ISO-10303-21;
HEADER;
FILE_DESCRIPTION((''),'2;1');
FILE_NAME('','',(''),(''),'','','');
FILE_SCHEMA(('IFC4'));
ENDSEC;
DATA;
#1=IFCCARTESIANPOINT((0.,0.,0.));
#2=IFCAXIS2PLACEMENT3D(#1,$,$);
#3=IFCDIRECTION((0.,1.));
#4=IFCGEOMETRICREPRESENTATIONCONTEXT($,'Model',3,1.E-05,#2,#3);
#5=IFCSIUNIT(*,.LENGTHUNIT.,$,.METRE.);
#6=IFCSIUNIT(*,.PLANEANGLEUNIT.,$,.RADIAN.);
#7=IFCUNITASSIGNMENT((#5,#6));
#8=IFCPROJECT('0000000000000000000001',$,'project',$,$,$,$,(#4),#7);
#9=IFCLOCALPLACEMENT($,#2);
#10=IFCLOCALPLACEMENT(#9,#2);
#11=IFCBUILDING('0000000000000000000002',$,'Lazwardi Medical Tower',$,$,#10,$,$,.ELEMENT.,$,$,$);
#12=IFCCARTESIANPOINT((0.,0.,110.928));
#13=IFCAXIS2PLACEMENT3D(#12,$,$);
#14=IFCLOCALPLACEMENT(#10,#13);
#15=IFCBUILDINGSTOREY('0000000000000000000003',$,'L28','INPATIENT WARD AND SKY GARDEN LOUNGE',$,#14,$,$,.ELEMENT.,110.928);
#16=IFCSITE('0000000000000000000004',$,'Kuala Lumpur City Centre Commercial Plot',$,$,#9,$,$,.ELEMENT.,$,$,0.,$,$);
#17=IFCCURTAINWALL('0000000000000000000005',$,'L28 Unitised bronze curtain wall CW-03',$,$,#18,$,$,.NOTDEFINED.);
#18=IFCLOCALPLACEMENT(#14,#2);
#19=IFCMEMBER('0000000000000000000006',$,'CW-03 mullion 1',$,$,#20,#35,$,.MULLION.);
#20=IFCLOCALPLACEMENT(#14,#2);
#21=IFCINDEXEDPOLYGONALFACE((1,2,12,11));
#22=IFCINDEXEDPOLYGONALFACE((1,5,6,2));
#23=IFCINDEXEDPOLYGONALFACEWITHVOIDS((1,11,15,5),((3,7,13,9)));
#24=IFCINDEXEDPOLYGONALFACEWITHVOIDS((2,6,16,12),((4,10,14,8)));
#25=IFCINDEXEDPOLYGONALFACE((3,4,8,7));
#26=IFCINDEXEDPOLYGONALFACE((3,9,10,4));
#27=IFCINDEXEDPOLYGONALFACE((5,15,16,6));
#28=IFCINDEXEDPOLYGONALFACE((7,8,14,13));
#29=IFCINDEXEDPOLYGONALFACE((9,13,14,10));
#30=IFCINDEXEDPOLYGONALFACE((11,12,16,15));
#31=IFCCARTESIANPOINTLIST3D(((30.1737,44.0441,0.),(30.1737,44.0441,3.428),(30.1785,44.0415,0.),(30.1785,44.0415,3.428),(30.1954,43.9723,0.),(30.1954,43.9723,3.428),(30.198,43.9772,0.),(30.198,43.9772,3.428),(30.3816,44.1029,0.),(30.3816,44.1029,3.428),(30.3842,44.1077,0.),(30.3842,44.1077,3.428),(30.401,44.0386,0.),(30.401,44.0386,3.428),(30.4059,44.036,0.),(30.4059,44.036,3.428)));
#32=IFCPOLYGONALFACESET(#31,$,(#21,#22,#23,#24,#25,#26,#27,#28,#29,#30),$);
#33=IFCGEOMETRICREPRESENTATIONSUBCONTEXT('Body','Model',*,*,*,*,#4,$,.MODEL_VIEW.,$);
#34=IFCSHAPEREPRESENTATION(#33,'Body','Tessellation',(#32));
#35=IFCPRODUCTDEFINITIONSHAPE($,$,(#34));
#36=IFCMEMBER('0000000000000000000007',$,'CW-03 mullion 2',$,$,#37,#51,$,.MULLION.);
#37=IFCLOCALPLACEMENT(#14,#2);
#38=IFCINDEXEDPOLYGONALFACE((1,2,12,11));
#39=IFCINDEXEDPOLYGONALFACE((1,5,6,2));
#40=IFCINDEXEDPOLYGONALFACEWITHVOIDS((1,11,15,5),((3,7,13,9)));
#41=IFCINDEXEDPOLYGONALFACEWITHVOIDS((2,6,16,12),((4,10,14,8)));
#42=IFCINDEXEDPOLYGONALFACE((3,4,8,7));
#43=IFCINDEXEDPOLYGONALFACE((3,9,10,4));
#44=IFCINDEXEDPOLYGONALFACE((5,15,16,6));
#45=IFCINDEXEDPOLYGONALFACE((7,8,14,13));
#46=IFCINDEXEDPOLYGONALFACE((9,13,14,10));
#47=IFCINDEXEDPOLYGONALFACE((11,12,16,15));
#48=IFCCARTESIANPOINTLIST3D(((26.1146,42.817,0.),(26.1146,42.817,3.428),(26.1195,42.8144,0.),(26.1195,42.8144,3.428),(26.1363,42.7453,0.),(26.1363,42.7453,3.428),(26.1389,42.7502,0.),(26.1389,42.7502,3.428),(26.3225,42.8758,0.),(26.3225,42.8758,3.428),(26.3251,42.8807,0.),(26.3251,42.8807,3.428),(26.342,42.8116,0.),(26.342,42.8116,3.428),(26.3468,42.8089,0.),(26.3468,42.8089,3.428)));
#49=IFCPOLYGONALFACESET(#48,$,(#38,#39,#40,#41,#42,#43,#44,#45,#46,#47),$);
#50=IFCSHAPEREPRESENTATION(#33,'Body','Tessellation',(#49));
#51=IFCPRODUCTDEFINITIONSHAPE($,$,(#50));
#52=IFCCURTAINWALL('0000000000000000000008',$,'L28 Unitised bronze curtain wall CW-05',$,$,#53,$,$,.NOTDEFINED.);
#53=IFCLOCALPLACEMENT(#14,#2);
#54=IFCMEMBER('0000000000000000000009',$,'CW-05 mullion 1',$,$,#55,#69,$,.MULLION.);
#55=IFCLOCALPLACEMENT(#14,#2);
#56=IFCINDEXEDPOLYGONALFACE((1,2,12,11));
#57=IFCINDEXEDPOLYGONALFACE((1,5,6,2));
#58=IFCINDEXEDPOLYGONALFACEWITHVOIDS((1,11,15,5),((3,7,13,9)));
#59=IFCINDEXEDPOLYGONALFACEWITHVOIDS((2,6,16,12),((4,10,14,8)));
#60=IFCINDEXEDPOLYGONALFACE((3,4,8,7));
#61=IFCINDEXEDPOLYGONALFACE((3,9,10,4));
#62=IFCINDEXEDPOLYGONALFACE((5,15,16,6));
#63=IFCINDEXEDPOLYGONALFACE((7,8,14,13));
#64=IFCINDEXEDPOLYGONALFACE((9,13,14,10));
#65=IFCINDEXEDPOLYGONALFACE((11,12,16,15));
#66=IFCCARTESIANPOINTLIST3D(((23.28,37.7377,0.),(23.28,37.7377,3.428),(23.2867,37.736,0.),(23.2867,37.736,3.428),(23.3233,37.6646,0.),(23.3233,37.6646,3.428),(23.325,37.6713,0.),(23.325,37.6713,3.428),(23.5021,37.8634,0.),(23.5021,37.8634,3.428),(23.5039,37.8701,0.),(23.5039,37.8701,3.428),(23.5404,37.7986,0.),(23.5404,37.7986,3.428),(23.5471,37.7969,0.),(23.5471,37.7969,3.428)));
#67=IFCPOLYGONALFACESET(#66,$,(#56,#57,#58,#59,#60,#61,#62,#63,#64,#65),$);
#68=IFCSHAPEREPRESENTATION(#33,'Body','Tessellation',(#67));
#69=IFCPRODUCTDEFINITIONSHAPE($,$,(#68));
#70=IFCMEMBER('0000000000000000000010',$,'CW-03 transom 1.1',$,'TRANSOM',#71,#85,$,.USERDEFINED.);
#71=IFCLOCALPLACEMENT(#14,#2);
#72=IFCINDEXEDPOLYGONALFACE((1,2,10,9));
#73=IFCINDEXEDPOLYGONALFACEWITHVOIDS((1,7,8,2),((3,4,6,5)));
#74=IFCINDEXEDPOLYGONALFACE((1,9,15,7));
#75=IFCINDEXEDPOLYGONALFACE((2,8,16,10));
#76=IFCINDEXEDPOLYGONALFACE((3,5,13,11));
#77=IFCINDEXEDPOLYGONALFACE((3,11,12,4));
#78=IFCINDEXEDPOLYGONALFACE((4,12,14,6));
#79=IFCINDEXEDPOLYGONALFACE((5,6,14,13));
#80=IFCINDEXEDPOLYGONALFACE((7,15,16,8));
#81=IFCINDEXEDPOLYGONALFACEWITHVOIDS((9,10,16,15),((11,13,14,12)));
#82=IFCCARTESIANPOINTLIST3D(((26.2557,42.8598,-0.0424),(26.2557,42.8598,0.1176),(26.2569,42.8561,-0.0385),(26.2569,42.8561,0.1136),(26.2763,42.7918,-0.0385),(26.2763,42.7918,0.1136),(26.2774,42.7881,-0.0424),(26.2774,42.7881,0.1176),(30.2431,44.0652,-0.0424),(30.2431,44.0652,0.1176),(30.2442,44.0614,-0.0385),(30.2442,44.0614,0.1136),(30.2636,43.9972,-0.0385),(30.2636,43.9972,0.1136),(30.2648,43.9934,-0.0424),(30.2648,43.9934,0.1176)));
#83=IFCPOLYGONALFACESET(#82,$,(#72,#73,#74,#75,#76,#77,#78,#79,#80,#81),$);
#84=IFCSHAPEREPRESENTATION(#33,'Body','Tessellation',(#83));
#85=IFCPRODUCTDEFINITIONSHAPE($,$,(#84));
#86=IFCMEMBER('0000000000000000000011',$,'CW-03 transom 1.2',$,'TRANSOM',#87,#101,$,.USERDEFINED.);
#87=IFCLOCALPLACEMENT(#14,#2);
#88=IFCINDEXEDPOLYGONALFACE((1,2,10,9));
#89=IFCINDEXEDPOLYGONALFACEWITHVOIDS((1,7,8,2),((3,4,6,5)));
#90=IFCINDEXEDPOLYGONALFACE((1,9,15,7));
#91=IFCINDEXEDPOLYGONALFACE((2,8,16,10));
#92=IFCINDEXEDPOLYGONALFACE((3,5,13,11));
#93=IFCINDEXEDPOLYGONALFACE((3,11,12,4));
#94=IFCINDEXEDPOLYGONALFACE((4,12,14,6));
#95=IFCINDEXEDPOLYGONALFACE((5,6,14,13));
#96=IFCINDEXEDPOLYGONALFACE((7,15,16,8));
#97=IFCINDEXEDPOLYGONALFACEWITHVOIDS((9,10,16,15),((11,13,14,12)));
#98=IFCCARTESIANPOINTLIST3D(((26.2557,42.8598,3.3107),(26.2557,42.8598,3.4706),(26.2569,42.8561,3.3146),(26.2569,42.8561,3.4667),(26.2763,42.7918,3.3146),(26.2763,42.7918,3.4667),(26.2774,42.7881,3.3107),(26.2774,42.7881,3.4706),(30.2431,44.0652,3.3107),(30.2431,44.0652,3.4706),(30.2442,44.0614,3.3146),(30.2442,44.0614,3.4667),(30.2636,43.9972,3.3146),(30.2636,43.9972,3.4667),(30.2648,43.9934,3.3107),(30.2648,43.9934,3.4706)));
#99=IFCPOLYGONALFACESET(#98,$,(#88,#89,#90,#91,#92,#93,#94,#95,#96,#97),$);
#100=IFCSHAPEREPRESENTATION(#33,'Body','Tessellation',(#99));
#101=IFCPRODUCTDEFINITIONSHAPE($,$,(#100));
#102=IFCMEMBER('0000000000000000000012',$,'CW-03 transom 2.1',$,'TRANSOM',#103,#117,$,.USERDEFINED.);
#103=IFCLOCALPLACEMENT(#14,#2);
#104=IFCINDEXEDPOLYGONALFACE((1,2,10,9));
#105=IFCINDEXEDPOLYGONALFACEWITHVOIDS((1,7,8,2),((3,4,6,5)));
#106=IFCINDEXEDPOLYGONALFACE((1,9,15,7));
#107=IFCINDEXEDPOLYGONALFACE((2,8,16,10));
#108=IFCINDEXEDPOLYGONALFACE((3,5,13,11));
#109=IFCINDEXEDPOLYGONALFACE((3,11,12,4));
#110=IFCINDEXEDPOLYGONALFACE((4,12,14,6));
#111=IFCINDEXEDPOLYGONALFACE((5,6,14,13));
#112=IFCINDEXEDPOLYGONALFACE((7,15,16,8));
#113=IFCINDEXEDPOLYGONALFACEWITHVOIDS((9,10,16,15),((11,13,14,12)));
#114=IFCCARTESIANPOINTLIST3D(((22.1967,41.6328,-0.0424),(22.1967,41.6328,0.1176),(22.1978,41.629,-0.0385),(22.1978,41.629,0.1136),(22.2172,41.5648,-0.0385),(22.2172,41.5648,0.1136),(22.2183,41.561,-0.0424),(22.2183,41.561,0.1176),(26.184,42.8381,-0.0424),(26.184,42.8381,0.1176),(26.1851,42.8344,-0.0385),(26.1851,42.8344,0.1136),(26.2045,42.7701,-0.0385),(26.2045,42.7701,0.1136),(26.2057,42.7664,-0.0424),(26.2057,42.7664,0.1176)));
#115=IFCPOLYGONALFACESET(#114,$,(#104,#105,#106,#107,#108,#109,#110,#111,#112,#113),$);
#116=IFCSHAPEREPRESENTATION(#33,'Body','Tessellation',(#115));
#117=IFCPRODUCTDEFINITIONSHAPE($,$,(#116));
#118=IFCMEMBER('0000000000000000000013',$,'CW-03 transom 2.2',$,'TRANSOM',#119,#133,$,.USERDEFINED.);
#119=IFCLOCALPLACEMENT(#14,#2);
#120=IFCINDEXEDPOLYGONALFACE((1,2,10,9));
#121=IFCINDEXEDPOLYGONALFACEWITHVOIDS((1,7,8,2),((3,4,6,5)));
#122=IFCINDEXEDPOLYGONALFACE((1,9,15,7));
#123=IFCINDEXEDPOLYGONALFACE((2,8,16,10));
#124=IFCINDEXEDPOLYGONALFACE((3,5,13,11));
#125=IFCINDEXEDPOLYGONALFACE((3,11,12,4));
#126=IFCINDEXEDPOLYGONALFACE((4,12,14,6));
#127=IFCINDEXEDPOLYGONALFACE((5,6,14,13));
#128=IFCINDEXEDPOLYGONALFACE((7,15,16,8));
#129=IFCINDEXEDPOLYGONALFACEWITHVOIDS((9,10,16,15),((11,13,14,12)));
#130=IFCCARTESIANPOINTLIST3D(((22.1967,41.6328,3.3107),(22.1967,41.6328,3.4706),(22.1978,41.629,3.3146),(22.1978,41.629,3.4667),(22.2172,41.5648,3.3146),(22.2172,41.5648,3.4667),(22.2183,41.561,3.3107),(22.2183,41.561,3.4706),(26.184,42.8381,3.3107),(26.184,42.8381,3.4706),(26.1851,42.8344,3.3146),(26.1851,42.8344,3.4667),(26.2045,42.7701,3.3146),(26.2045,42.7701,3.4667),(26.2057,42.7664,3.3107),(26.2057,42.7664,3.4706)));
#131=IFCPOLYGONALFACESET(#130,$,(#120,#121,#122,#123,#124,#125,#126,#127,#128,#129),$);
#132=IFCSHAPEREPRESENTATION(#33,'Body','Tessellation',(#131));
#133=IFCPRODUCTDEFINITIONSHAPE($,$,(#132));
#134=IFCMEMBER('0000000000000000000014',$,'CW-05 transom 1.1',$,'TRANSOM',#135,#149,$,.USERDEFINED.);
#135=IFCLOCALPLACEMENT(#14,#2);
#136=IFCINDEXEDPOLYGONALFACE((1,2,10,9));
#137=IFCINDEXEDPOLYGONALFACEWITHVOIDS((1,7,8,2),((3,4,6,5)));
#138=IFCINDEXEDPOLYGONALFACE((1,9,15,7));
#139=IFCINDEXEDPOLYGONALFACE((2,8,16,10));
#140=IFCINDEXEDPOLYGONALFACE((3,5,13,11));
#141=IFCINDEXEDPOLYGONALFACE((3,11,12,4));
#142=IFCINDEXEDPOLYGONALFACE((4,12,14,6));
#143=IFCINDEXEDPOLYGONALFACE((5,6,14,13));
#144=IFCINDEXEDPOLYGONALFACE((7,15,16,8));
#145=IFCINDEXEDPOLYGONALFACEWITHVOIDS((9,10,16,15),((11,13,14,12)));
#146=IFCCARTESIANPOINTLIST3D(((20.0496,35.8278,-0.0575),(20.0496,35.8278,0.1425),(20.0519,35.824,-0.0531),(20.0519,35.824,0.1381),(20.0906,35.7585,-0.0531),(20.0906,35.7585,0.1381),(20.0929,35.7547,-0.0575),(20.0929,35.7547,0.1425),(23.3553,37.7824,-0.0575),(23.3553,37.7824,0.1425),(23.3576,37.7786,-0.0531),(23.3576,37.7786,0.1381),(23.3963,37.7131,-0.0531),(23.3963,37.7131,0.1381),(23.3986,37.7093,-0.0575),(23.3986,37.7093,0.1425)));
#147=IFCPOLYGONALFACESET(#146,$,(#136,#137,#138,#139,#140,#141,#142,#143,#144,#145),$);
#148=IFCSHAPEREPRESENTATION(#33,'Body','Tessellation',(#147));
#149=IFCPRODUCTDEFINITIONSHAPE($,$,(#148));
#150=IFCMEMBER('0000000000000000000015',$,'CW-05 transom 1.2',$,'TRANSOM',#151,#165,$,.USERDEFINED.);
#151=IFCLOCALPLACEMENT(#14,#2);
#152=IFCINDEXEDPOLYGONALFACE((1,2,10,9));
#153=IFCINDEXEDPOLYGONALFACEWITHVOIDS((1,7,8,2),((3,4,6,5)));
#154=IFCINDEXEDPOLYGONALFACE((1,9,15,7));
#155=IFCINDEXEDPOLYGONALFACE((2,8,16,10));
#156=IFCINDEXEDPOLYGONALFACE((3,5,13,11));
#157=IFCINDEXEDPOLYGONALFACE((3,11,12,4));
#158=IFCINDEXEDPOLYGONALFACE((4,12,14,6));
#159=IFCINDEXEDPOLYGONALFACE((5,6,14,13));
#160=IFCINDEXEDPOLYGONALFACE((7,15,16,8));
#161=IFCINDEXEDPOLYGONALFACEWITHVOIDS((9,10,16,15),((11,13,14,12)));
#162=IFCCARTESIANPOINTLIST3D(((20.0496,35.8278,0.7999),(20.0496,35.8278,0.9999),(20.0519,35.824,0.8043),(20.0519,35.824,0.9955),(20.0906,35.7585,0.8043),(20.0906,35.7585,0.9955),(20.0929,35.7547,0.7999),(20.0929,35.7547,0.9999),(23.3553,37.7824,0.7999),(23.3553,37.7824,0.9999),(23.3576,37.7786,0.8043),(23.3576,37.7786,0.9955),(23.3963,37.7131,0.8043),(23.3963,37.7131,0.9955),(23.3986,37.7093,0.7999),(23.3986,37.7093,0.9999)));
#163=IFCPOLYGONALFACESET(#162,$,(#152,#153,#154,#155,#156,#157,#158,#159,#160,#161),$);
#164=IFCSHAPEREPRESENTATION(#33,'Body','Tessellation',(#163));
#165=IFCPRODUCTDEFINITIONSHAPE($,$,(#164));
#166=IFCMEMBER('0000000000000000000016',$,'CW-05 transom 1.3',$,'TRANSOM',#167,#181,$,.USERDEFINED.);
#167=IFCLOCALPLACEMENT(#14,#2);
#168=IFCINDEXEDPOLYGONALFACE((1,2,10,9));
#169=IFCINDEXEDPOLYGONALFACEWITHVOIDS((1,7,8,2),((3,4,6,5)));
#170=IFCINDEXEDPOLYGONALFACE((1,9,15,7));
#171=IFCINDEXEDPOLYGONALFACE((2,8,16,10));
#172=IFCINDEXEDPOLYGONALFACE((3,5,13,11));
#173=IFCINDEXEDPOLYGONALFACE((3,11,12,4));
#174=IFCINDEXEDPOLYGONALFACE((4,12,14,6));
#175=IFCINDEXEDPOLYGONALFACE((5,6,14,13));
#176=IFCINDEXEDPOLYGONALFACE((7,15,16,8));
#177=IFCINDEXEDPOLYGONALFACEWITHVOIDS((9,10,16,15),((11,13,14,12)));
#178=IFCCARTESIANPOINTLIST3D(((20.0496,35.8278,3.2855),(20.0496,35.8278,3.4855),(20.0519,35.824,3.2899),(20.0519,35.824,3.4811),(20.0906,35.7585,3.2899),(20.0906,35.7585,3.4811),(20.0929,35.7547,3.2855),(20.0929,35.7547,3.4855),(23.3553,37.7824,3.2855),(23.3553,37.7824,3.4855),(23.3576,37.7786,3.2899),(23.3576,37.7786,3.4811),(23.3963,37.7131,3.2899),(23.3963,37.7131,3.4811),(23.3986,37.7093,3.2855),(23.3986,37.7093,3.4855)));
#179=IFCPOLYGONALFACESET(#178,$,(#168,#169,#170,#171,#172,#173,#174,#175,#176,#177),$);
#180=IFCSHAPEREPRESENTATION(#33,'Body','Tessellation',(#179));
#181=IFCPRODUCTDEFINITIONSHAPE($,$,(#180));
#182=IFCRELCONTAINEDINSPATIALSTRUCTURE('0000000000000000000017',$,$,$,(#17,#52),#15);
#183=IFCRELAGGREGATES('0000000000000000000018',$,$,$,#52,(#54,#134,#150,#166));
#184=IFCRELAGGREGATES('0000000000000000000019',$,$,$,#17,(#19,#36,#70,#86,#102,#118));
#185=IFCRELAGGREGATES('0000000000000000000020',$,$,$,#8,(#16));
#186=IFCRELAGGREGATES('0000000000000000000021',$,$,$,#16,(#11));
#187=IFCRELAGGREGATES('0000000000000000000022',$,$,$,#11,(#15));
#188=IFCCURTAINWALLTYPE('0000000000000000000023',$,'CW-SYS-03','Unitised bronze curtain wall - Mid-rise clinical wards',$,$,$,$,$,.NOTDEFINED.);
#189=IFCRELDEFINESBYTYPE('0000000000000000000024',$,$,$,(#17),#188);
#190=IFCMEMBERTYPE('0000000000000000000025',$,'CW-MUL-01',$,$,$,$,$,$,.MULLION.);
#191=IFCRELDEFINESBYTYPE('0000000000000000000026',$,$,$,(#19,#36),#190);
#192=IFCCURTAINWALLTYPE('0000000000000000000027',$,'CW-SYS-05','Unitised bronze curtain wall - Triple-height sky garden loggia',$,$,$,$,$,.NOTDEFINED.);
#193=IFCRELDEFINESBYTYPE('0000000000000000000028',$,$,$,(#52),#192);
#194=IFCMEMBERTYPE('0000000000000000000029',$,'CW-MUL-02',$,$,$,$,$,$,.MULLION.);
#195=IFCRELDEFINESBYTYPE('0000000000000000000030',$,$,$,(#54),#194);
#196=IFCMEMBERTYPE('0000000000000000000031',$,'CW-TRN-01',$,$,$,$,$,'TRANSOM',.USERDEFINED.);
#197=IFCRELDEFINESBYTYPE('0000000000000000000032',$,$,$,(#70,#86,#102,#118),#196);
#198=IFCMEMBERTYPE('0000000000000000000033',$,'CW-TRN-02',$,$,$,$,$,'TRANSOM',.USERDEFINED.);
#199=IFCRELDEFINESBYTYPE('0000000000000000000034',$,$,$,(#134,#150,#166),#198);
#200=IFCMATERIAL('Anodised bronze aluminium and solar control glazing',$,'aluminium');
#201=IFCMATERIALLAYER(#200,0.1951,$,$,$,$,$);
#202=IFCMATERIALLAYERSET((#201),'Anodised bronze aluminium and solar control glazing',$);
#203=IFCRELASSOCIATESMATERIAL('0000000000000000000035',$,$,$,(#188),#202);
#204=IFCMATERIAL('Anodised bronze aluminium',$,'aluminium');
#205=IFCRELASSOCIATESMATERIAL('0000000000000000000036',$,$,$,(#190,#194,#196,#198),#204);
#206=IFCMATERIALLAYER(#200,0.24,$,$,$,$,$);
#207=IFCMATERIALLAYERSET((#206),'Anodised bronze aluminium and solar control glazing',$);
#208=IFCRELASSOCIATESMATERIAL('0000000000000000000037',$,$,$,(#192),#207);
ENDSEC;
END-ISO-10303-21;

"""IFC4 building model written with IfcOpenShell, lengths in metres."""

from ifc_helpers import new_model, si_unit, direction, frame, origin, origin_2d, place, context, subcontext, project, spatial, hollow_rectangle, extrude, material, layer, layer_set, material_profile, profile_set, type_object, element, aggregate, save


model = new_model("IFC4")

# Units and contexts
model_context = context("Model", 3, precision=1e-05, world=origin(), true_north=direction((0.0, 1.0)))
body_context = subcontext(model_context, "Body", "Model", "MODEL_VIEW")
ifc_project = project(units=[si_unit("LENGTHUNIT", "METRE"), si_unit("PLANEANGLEUNIT", "RADIAN")], contexts=[model_context])

# Site, building, storey
site_placement = place(None, origin())
site = spatial("IfcSite", under=ifc_project, at=site_placement, Name="Kuala Lumpur City Centre Commercial Plot", CompositionType="ELEMENT", RefElevation=0.0)
building_placement = place(site_placement, origin())
building = spatial("IfcBuilding", under=site, at=building_placement, Name="Lazwardi Medical Tower", CompositionType="ELEMENT")
storey_placement = place(building_placement, frame((0.0, 0.0, 110.928)))
storey = spatial("IfcBuildingStorey", under=building, at=storey_placement, Name="L28", Description="INPATIENT WARD AND SKY GARDEN LOUNGE", CompositionType="ELEMENT", Elevation=110.928)

# Curtain wall, members
ifc_material_1 = material(Name="Anodised bronze aluminium and solar control glazing", Category="aluminium")
ifc_layer_1 = layer(ifc_material_1, 0.1951)
ifc_layer_set_1 = layer_set([ifc_layer_1], Name="Anodised bronze aluminium and solar control glazing")
curtain_wall_type_1 = type_object("IfcCurtainWallType", Name="CW-SYS-03", Description="Unitised bronze curtain wall - Mid-rise clinical wards", PredefinedType="NOTDEFINED", material=ifc_layer_set_1)
curtain_wall_1_placement = place(storey_placement, origin())
curtain_wall_1 = element("IfcCurtainWall", 1, at=curtain_wall_1_placement, inside=storey, type_object=curtain_wall_type_1, Name="L28 Unitised bronze curtain wall CW-03", PredefinedType="NOTDEFINED")
ifc_material_2 = material(Name="Anodised bronze aluminium", Category="aluminium")
ifc_material_profile_1 = material_profile(ifc_material_2, hollow_rectangle(XDim=0.075, YDim=0.22, WallThickness=0.0039, at=origin_2d()), Name="ALU-MULLION 220x75x4")
ifc_profile_set_1 = profile_set([ifc_material_profile_1], Name="Anodised bronze aluminium")
member_type_1 = type_object("IfcMemberType", Name="CW-MUL-01", PredefinedType="MULLION", material=ifc_profile_set_1)
member_1_placement = place(storey_placement, frame((30.2898, 44.04, 0.0), z_axis=(0.0, 0.0, 1.0), x_axis=(0.289374, -0.957216, 0.0)))
member_1 = element("IfcMember", 2, at=member_1_placement, type_object=member_type_1, Name="CW-03 mullion 1", PredefinedType="MULLION", context=body_context, shape_type="SweptSolid", body=[
    extrude(hollow_rectangle(XDim=0.075, YDim=0.22, WallThickness=0.0039, at=origin_2d()), origin(), (0.0, 0.0, 1.0), 3.428),
])
member_2_placement = place(storey_placement, frame((26.2307, 42.813, 0.0), z_axis=(0.0, 0.0, 1.0), x_axis=(0.289374, -0.957216, 0.0)))
member_2 = element("IfcMember", 3, at=member_2_placement, type_object=member_type_1, Name="CW-03 mullion 2", PredefinedType="MULLION", context=body_context, shape_type="SweptSolid", body=[
    extrude(hollow_rectangle(XDim=0.075, YDim=0.22, WallThickness=0.0039, at=origin_2d()), origin(), (0.0, 0.0, 1.0), 3.428),
])

# Curtain wall, member
ifc_layer_2 = layer(ifc_material_1, 0.24)
ifc_layer_set_2 = layer_set([ifc_layer_2], Name="Anodised bronze aluminium and solar control glazing")
curtain_wall_type_2 = type_object("IfcCurtainWallType", Name="CW-SYS-05", Description="Unitised bronze curtain wall - Triple-height sky garden loggia", PredefinedType="NOTDEFINED", material=ifc_layer_set_2)
curtain_wall_2_placement = place(storey_placement, origin())
curtain_wall_2 = element("IfcCurtainWall", 4, at=curtain_wall_2_placement, inside=storey, type_object=curtain_wall_type_2, Name="L28 Unitised bronze curtain wall CW-05", PredefinedType="NOTDEFINED")
ifc_material_profile_2 = material_profile(ifc_material_2, hollow_rectangle(XDim=0.085, YDim=0.26, WallThickness=0.0049, at=origin_2d()), Name="ALU-MULLION 260x85x5")
ifc_profile_set_2 = profile_set([ifc_material_profile_2], Name="Anodised bronze aluminium")
member_type_2 = type_object("IfcMemberType", Name="CW-MUL-02", PredefinedType="MULLION", material=ifc_profile_set_2)
member_3_placement = place(storey_placement, frame((23.4136, 37.7673, 0.0), z_axis=(0.0, 0.0, 1.0), x_axis=(0.508918, -0.860815, 0.0)))
member_3 = element("IfcMember", 5, at=member_3_placement, type_object=member_type_2, Name="CW-05 mullion 1", PredefinedType="MULLION", context=body_context, shape_type="SweptSolid", body=[
    extrude(hollow_rectangle(XDim=0.085, YDim=0.26, WallThickness=0.0049, at=origin_2d()), origin(), (0.0, 0.0, 1.0), 3.428),
])

# Members
ifc_material_profile_3 = material_profile(ifc_material_2, hollow_rectangle(XDim=0.075, YDim=0.1599, WallThickness=0.0039, at=origin_2d()), Name="ALU-TRANSOM 160x75x4")
ifc_profile_set_3 = profile_set([ifc_material_profile_3], Name="Anodised bronze aluminium")
member_type_3 = type_object("IfcMemberType", Name="CW-TRN-01", ElementType="TRANSOM", PredefinedType="USERDEFINED", material=ifc_profile_set_3)
member_4_placement = place(storey_placement, frame((30.2539, 44.0293, 0.0376), z_axis=(-0.957221, -0.289358, 0.0), x_axis=(0.289358, -0.957221, 0.0)))
member_4 = element("IfcMember", 6, at=member_4_placement, type_object=member_type_3, Name="CW-03 transom 1.1", ObjectType="TRANSOM", PredefinedType="USERDEFINED", context=body_context, shape_type="SweptSolid", body=[
    extrude(hollow_rectangle(XDim=0.075, YDim=0.1599, WallThickness=0.0039, at=origin_2d()), origin(), (0.0, 0.0, 1.0), 4.1655),
])
member_5_placement = place(storey_placement, frame((30.2539, 44.0293, 3.3906), z_axis=(-0.957221, -0.289358, 0.0), x_axis=(0.289358, -0.957221, 0.0)))
member_5 = element("IfcMember", 7, at=member_5_placement, type_object=member_type_3, Name="CW-03 transom 1.2", ObjectType="TRANSOM", PredefinedType="USERDEFINED", context=body_context, shape_type="SweptSolid", body=[
    extrude(hollow_rectangle(XDim=0.075, YDim=0.1599, WallThickness=0.0039, at=origin_2d()), origin(), (0.0, 0.0, 1.0), 4.1655),
])
member_6_placement = place(storey_placement, frame((26.1948, 42.8022, 0.0376), z_axis=(-0.957221, -0.289358, 0.0), x_axis=(0.289358, -0.957221, 0.0)))
member_6 = element("IfcMember", 8, at=member_6_placement, type_object=member_type_3, Name="CW-03 transom 2.1", ObjectType="TRANSOM", PredefinedType="USERDEFINED", context=body_context, shape_type="SweptSolid", body=[
    extrude(hollow_rectangle(XDim=0.075, YDim=0.1599, WallThickness=0.0039, at=origin_2d()), origin(), (0.0, 0.0, 1.0), 4.1655),
])
member_7_placement = place(storey_placement, frame((26.1948, 42.8022, 3.3906), z_axis=(-0.957221, -0.289358, 0.0), x_axis=(0.289358, -0.957221, 0.0)))
member_7 = element("IfcMember", 9, at=member_7_placement, type_object=member_type_3, Name="CW-03 transom 2.2", ObjectType="TRANSOM", PredefinedType="USERDEFINED", context=body_context, shape_type="SweptSolid", body=[
    extrude(hollow_rectangle(XDim=0.075, YDim=0.1599, WallThickness=0.0039, at=origin_2d()), origin(), (0.0, 0.0, 1.0), 4.1655),
])
ifc_material_profile_4 = material_profile(ifc_material_2, hollow_rectangle(XDim=0.085, YDim=0.2, WallThickness=0.0044, at=origin_2d()), Name="ALU-TRANSOM 200x85x4.5")
ifc_profile_set_4 = profile_set([ifc_material_profile_4], Name="Anodised bronze aluminium")
member_type_4 = type_object("IfcMemberType", Name="CW-TRN-02", ElementType="TRANSOM", PredefinedType="USERDEFINED", material=ifc_profile_set_4)
member_8_placement = place(storey_placement, frame((23.377, 37.7458, 0.0425), z_axis=(-0.860785, -0.508969, 0.0), x_axis=(0.508969, -0.860785, 0.0)))
member_8 = element("IfcMember", 10, at=member_8_placement, type_object=member_type_4, Name="CW-05 transom 1.1", ObjectType="TRANSOM", PredefinedType="USERDEFINED", context=body_context, shape_type="SweptSolid", body=[
    extrude(hollow_rectangle(XDim=0.085, YDim=0.2, WallThickness=0.0044, at=origin_2d()), origin(), (0.0, 0.0, 1.0), 3.8403),
])
member_9_placement = place(storey_placement, frame((23.377, 37.7458, 0.8999), z_axis=(-0.860785, -0.508969, 0.0), x_axis=(0.508969, -0.860785, 0.0)))
member_9 = element("IfcMember", 11, at=member_9_placement, type_object=member_type_4, Name="CW-05 transom 1.2", ObjectType="TRANSOM", PredefinedType="USERDEFINED", context=body_context, shape_type="SweptSolid", body=[
    extrude(hollow_rectangle(XDim=0.085, YDim=0.2, WallThickness=0.0044, at=origin_2d()), origin(), (0.0, 0.0, 1.0), 3.8403),
])
member_10_placement = place(storey_placement, frame((23.377, 37.7458, 3.3855), z_axis=(-0.860785, -0.508969, 0.0), x_axis=(0.508969, -0.860785, 0.0)))
member_10 = element("IfcMember", 12, at=member_10_placement, type_object=member_type_4, Name="CW-05 transom 1.3", ObjectType="TRANSOM", PredefinedType="USERDEFINED", context=body_context, shape_type="SweptSolid", body=[
    extrude(hollow_rectangle(XDim=0.085, YDim=0.2, WallThickness=0.0044, at=origin_2d()), origin(), (0.0, 0.0, 1.0), 3.8403),
])
aggregate(curtain_wall_2, [member_3, member_8, member_9, member_10])

aggregate(curtain_wall_1, [member_1, member_2, member_4, member_5, member_6, member_7])

save(model, "model.ifc")
